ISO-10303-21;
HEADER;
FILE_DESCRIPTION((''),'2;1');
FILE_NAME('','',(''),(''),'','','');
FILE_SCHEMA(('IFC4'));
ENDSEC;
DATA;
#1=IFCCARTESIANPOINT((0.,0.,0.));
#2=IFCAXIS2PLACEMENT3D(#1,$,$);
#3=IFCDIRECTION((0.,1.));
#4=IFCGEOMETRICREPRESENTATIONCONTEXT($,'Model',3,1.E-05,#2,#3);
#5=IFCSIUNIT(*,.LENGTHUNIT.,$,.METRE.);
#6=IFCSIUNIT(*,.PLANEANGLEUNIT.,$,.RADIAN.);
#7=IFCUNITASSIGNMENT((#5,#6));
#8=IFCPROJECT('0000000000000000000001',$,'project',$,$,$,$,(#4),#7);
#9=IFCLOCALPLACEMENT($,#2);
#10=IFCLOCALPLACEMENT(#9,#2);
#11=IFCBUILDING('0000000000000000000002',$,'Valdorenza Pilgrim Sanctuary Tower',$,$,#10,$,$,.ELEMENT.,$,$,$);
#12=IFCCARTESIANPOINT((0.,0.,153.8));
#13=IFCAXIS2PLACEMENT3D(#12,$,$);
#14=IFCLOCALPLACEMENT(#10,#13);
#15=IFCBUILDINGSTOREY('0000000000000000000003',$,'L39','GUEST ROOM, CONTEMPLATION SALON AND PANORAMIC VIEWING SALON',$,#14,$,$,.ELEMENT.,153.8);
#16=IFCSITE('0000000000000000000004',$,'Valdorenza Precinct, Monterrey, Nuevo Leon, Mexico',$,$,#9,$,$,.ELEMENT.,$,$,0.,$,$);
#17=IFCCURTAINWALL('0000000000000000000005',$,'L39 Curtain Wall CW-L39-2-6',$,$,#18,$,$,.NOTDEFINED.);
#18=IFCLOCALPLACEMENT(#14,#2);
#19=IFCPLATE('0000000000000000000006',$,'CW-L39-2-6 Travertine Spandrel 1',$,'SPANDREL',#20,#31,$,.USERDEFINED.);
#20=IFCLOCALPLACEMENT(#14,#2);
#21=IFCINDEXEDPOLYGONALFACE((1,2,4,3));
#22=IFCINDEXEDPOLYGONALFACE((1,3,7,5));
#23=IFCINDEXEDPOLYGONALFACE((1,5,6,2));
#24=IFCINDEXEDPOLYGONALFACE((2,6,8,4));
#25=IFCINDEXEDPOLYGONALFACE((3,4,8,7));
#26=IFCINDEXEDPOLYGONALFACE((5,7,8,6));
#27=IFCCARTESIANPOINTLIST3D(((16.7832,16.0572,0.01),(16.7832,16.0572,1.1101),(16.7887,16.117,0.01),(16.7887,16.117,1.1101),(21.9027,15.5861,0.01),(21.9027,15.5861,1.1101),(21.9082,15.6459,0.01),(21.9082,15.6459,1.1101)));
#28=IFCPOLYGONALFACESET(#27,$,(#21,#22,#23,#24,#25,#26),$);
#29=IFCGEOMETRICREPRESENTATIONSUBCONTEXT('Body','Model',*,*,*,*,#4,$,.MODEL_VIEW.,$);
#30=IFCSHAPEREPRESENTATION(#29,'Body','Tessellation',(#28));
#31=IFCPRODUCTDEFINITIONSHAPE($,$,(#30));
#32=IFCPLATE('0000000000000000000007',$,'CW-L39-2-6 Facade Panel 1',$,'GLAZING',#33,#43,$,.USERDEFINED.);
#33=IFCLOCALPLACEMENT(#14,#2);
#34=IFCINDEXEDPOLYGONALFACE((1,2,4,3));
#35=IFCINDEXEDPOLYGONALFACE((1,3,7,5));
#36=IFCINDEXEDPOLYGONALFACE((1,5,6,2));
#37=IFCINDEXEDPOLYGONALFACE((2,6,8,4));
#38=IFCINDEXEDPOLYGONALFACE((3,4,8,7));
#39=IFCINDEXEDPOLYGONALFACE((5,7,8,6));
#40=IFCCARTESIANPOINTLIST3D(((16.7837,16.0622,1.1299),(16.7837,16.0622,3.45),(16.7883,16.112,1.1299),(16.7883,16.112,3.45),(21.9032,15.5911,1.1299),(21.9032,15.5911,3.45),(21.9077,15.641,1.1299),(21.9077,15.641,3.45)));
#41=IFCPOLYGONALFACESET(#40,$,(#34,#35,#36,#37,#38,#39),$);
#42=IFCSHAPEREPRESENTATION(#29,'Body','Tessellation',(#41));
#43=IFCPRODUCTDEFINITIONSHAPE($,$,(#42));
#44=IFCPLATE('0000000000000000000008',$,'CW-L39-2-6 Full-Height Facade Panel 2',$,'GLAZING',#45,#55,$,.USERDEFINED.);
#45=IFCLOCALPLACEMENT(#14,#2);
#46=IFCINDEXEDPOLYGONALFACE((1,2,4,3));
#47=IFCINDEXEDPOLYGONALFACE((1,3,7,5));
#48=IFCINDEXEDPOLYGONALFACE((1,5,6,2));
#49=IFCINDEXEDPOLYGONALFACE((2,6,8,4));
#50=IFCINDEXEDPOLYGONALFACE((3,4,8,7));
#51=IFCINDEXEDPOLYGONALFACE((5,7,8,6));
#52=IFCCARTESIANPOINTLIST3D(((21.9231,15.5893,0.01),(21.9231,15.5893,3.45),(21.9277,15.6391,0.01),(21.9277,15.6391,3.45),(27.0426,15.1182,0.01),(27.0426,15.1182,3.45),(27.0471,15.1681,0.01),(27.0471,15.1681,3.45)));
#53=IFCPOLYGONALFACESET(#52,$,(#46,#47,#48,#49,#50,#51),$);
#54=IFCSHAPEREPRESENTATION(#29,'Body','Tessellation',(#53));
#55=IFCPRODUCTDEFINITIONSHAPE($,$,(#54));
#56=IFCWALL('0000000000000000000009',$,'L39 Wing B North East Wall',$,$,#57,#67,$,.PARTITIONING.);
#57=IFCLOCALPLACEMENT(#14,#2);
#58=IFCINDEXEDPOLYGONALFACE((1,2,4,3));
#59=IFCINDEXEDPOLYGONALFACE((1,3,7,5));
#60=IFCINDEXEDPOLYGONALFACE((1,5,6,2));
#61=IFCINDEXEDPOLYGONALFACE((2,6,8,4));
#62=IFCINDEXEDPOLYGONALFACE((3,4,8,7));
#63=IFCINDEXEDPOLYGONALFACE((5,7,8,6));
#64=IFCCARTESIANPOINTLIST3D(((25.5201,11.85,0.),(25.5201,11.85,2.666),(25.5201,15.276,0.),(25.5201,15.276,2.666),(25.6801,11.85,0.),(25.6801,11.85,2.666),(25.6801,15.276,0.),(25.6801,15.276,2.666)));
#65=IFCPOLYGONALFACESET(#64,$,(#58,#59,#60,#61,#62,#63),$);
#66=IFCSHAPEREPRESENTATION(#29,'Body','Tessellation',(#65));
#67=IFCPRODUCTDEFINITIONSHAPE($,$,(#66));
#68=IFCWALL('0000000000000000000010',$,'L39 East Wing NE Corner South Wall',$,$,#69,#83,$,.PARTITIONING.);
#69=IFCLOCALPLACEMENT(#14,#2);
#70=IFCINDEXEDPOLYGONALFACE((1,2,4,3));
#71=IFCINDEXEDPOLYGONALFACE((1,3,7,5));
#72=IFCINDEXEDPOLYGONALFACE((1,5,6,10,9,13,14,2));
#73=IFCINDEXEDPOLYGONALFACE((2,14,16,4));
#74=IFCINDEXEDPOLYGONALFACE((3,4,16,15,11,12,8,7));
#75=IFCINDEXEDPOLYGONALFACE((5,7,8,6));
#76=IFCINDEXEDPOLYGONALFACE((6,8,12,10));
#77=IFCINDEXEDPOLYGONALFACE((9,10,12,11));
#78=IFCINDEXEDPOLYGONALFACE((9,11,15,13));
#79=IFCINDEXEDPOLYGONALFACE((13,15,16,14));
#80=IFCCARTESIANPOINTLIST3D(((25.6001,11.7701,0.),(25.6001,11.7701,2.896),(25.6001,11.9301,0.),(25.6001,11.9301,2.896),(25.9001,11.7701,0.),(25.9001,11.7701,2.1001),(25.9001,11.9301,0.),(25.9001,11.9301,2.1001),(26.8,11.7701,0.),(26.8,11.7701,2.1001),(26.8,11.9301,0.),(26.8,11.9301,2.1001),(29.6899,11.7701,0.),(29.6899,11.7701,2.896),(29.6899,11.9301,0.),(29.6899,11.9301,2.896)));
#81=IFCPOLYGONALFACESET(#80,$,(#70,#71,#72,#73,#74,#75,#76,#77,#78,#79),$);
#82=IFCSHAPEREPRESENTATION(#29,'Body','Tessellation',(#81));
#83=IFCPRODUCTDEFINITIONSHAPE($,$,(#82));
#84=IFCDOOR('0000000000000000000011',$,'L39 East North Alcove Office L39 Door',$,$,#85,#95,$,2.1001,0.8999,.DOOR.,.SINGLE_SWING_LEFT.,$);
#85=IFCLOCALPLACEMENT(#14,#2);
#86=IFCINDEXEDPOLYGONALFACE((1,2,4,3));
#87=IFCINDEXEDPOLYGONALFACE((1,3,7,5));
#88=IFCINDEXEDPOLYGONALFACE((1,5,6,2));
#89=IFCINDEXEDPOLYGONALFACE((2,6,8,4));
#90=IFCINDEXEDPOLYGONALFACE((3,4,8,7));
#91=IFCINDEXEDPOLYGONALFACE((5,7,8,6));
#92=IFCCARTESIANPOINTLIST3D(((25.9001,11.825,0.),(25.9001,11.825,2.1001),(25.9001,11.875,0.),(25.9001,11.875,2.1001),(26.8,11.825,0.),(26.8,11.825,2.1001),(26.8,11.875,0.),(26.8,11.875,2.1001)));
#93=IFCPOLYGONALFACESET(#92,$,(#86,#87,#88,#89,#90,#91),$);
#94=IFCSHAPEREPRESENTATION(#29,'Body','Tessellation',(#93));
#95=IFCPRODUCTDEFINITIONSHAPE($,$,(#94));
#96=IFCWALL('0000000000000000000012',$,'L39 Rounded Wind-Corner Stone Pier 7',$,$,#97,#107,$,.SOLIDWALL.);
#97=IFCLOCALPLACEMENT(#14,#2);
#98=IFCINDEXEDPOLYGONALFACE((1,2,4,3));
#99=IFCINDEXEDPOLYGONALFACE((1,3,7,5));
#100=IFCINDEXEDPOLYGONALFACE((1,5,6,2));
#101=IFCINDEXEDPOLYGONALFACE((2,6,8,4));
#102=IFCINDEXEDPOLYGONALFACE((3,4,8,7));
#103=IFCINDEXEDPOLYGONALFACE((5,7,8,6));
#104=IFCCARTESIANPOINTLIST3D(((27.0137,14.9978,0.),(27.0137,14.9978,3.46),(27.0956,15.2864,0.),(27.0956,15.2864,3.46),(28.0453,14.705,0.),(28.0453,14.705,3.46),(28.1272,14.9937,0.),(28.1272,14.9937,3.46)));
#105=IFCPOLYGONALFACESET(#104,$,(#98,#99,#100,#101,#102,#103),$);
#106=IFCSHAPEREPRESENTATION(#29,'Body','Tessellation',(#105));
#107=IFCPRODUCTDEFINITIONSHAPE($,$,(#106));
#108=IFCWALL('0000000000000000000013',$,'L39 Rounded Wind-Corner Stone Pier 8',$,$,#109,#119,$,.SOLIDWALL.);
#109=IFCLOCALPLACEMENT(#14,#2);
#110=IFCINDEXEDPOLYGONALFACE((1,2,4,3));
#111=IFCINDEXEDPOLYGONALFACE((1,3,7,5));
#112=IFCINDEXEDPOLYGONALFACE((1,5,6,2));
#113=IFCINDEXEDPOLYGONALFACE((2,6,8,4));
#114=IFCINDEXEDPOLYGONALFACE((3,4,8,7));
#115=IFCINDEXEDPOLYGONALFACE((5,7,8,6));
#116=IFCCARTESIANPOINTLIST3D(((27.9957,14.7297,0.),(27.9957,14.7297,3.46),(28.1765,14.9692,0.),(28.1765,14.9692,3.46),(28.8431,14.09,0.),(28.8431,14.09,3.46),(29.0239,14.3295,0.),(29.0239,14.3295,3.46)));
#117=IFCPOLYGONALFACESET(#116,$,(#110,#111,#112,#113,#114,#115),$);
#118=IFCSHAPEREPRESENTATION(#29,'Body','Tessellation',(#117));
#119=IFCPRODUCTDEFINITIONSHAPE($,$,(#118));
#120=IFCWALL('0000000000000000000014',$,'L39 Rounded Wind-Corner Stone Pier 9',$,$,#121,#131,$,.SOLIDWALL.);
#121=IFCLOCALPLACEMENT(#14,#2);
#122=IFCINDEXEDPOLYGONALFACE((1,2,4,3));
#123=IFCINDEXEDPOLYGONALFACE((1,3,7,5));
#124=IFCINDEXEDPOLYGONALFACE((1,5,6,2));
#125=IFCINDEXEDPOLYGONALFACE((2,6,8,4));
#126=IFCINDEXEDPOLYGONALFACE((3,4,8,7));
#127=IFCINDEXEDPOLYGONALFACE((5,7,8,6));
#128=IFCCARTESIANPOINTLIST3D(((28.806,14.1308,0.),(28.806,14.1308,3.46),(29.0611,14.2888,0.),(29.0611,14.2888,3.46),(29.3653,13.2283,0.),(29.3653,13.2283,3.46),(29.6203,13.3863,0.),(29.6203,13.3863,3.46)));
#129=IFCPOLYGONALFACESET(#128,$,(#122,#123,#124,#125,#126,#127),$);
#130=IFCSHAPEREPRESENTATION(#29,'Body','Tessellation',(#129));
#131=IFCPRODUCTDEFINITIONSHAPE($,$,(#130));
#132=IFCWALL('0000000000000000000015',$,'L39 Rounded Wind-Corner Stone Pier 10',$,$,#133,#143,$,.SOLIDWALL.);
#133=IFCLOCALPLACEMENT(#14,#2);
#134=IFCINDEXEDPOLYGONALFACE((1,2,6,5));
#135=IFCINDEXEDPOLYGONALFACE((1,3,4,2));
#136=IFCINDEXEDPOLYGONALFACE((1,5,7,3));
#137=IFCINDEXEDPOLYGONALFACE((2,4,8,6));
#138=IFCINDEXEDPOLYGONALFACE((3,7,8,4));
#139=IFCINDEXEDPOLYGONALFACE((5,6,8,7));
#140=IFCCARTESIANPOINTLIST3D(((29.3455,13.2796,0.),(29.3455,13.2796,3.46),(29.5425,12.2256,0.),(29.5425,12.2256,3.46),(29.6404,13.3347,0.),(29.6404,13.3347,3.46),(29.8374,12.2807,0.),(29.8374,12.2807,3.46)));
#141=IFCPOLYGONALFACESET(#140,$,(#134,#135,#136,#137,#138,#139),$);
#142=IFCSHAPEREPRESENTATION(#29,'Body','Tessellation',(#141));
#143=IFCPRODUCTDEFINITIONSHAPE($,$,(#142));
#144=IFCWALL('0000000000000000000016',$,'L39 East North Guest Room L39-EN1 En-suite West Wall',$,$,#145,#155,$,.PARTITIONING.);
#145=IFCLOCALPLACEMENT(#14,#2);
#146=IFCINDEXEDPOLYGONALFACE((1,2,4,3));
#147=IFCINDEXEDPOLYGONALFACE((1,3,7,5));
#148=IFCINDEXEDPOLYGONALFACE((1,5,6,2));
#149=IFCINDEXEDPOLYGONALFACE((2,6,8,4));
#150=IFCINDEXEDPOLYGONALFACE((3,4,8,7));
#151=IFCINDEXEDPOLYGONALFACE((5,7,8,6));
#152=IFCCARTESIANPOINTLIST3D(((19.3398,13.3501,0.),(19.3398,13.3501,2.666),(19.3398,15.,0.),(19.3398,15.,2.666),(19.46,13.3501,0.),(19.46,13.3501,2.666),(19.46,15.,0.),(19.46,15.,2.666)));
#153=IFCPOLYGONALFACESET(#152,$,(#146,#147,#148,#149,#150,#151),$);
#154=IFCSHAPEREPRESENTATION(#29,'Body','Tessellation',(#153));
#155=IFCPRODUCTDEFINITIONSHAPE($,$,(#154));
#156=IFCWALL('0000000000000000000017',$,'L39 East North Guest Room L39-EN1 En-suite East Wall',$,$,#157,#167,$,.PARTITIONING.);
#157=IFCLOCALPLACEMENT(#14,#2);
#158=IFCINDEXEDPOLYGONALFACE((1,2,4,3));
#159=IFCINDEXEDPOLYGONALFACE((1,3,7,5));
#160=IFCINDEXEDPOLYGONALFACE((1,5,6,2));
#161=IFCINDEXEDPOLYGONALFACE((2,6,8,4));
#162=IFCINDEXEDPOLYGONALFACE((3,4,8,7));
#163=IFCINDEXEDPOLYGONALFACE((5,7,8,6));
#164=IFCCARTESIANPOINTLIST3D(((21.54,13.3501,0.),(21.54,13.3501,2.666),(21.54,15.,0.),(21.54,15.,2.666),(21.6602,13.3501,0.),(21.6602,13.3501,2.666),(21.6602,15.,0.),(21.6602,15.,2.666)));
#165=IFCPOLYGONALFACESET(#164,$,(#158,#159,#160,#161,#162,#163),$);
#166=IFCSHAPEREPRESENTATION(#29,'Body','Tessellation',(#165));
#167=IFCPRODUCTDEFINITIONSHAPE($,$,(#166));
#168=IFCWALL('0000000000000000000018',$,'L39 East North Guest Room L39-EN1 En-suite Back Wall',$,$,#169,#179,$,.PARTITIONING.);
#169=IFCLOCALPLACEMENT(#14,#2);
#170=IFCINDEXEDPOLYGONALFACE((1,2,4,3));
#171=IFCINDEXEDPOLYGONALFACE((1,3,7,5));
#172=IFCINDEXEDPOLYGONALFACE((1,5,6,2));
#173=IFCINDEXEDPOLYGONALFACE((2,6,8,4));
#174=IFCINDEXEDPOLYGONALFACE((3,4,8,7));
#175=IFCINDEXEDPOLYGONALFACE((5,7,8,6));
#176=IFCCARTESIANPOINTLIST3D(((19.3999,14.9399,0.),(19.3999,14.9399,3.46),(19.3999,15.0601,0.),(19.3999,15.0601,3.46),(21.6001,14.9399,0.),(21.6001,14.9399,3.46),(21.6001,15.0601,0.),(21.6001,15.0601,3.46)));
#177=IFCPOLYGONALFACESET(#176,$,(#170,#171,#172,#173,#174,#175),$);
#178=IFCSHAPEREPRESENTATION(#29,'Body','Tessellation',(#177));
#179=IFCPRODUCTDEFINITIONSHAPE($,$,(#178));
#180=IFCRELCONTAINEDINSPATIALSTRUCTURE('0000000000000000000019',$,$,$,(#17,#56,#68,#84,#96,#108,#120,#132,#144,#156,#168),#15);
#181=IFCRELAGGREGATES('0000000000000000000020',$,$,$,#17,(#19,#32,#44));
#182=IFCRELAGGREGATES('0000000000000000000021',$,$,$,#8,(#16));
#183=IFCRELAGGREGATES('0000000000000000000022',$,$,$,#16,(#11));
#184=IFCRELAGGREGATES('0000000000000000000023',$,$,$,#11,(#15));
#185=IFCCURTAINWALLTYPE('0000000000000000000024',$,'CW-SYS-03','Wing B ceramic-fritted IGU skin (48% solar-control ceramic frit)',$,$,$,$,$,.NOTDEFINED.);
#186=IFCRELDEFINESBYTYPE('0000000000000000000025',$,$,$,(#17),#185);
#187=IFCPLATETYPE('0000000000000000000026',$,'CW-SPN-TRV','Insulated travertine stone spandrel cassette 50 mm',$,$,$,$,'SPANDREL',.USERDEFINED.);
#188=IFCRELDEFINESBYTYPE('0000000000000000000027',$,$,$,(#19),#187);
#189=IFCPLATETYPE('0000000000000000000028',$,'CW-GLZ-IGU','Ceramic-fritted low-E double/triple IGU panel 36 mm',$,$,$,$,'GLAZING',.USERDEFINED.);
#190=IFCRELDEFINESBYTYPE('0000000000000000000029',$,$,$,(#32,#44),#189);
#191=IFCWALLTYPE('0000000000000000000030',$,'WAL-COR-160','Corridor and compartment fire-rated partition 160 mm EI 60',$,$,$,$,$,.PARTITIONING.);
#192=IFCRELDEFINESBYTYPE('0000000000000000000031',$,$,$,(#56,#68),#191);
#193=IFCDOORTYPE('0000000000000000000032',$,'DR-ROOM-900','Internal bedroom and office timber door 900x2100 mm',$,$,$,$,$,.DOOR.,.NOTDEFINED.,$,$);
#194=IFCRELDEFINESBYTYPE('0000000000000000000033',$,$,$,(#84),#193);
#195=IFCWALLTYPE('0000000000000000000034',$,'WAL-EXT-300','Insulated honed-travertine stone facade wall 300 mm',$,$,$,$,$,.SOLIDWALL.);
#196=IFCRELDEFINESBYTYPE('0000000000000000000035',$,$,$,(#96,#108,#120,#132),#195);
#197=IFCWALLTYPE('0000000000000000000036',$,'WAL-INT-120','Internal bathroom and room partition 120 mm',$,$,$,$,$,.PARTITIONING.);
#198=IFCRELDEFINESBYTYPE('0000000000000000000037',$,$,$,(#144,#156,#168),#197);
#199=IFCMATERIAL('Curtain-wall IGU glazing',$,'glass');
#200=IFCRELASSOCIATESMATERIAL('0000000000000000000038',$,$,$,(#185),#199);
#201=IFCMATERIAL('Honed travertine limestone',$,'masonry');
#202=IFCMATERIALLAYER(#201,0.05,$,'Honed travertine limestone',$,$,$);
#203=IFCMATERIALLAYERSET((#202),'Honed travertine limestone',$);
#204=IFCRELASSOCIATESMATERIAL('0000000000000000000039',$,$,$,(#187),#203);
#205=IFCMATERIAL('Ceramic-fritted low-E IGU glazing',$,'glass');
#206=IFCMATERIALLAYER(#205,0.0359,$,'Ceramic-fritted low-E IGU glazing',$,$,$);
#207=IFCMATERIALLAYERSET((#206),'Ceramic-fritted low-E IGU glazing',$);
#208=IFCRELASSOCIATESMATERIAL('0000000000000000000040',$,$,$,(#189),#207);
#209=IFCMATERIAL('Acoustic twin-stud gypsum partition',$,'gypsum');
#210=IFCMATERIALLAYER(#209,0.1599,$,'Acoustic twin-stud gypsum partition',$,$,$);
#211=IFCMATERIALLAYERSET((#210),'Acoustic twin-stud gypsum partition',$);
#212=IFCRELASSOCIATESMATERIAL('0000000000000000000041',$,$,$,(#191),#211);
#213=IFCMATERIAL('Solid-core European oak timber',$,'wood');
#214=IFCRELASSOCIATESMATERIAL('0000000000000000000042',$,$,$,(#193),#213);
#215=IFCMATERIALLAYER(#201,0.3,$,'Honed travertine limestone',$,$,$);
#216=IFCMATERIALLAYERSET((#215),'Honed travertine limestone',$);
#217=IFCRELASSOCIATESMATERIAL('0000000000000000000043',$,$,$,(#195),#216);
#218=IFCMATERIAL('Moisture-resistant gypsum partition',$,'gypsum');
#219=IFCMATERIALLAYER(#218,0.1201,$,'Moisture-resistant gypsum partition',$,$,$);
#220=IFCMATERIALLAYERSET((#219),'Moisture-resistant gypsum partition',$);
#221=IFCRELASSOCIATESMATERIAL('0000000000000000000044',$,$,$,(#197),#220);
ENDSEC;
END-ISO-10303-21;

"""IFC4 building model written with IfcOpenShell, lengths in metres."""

from ifc_helpers import new_model, si_unit, direction, frame, frame_2d, origin, origin_2d, place, context, subcontext, project, spatial, rectangle, extrude, source, transform, mapped, material, layer, layer_set, type_object, element, fill, aggregate, save


model = new_model("IFC4")

# Units and contexts
model_context = context("Model", 3, precision=1e-05, world=origin(), true_north=direction((0.0, 1.0)))
body_context = subcontext(model_context, "Body", "Model", "MODEL_VIEW")
ifc_project = project(units=[si_unit("LENGTHUNIT", "METRE"), si_unit("PLANEANGLEUNIT", "RADIAN")], contexts=[model_context])

# Site, building, storey
site_placement = place(None, origin())
site = spatial("IfcSite", under=ifc_project, at=site_placement, Name="Valdorenza Precinct, Monterrey, Nuevo Leon, Mexico", CompositionType="ELEMENT", RefElevation=0.0)
building_placement = place(site_placement, origin())
building = spatial("IfcBuilding", under=site, at=building_placement, Name="Valdorenza Pilgrim Sanctuary Tower", CompositionType="ELEMENT")
storey_placement = place(building_placement, frame((0.0, 0.0, 153.8)))
storey = spatial("IfcBuildingStorey", under=building, at=storey_placement, Name="L39", Description="GUEST ROOM, CONTEMPLATION SALON AND PANORAMIC VIEWING SALON", CompositionType="ELEMENT", Elevation=153.8)

# Curtain wall
ifc_material_1 = material(Name="Curtain-wall IGU glazing", Category="glass")
curtain_wall_type = type_object("IfcCurtainWallType", Name="CW-SYS-03", Description="Wing B ceramic-fritted IGU skin (48% solar-control ceramic frit)", PredefinedType="NOTDEFINED", material=ifc_material_1)
curtain_wall_1_placement = place(storey_placement, origin())
curtain_wall_1 = element("IfcCurtainWall", 1, at=curtain_wall_1_placement, inside=storey, type_object=curtain_wall_type, Name="L39 Curtain Wall CW-L39-2-6", PredefinedType="NOTDEFINED")

# Plates
ifc_material_2 = material(Name="Honed travertine limestone", Category="masonry")
ifc_layer_1 = layer(ifc_material_2, 0.05, Name="Honed travertine limestone")
ifc_layer_set_1 = layer_set([ifc_layer_1], Name="Honed travertine limestone")
plate_type_1 = type_object("IfcPlateType", Name="CW-SPN-TRV", Description="Insulated travertine stone spandrel cassette 50 mm", ElementType="SPANDREL", PredefinedType="USERDEFINED", material=ifc_layer_set_1)
shared_shape_1 = source(origin(), body_context, "Body", "SweptSolid", [
    extrude(rectangle(XDim=5.1411, YDim=0.0601, at=origin_2d()), origin(), (0.0, 0.0, 1.0), 1.1001),
])
plate_1_placement = place(storey_placement, frame((19.3457, 15.8516, 0.01), z_axis=(0.0, 0.0, 1.0), x_axis=(0.995794, -0.091623, 0.0)))
plate_1 = element("IfcPlate", 2, at=plate_1_placement, type_object=plate_type_1, Name="CW-L39-2-6 Travertine Spandrel 1", ObjectType="SPANDREL", PredefinedType="USERDEFINED", context=body_context, shape_type="MappedRepresentation", body=[
    mapped(shared_shape_1, transform((0.0, 0.0, 0.0), x_axis=(1.0, 0.0, 0.0), y_axis=(0.0, 1.0, 0.0), z_axis=(0.0, 0.0, 1.0), scale=1.0)),
])
ifc_material_3 = material(Name="Ceramic-fritted low-E IGU glazing", Category="glass")
ifc_layer_2 = layer(ifc_material_3, 0.0359, Name="Ceramic-fritted low-E IGU glazing")
ifc_layer_set_2 = layer_set([ifc_layer_2], Name="Ceramic-fritted low-E IGU glazing")
plate_type_2 = type_object("IfcPlateType", Name="CW-GLZ-IGU", Description="Ceramic-fritted low-E double/triple IGU panel 36 mm", ElementType="GLAZING", PredefinedType="USERDEFINED", material=ifc_layer_set_2)
shared_shape_2 = source(origin(), body_context, "Body", "SweptSolid", [
    extrude(rectangle(XDim=5.1411, YDim=0.05, at=origin_2d()), origin(), (0.0, 0.0, 1.0), 2.3201),
])
plate_2_placement = place(storey_placement, frame((19.3457, 15.8516, 1.1299), z_axis=(0.0, 0.0, 1.0), x_axis=(0.995794, -0.091623, 0.0)))
plate_2 = element("IfcPlate", 3, at=plate_2_placement, type_object=plate_type_2, Name="CW-L39-2-6 Facade Panel 1", ObjectType="GLAZING", PredefinedType="USERDEFINED", context=body_context, shape_type="MappedRepresentation", body=[
    mapped(shared_shape_2, transform((0.0, 0.0, 0.0), x_axis=(1.0, 0.0, 0.0), y_axis=(0.0, 1.0, 0.0), z_axis=(0.0, 0.0, 1.0), scale=1.0)),
])
shared_shape_3 = source(origin(), body_context, "Body", "SweptSolid", [
    extrude(rectangle(XDim=5.1411, YDim=0.05, at=origin_2d()), origin(), (0.0, 0.0, 1.0), 3.4399),
])
plate_3_placement = place(storey_placement, frame((24.4851, 15.3787, 0.01), z_axis=(0.0, 0.0, 1.0), x_axis=(0.995794, -0.091623, 0.0)))
plate_3 = element("IfcPlate", 4, at=plate_3_placement, type_object=plate_type_2, Name="CW-L39-2-6 Full-Height Facade Panel 2", ObjectType="GLAZING", PredefinedType="USERDEFINED", context=body_context, shape_type="MappedRepresentation", body=[
    mapped(shared_shape_3, transform((0.0, 0.0, 0.0), x_axis=(1.0, 0.0, 0.0), y_axis=(0.0, 1.0, 0.0), z_axis=(0.0, 0.0, 1.0), scale=1.0)),
])
aggregate(curtain_wall_1, [plate_1, plate_2, plate_3])

# Wall
ifc_material_4 = material(Name="Acoustic twin-stud gypsum partition", Category="gypsum")
ifc_layer_3 = layer(ifc_material_4, 0.1599, Name="Acoustic twin-stud gypsum partition")
ifc_layer_set_3 = layer_set([ifc_layer_3], Name="Acoustic twin-stud gypsum partition")
wall_type_1 = type_object("IfcWallType", Name="WAL-COR-160", Description="Corridor and compartment fire-rated partition 160 mm EI 60", PredefinedType="PARTITIONING", material=ifc_layer_set_3)
wall_1_placement = place(storey_placement, frame((25.6001, 11.8501, 0.0), z_axis=(0.0, 0.0, 1.0), x_axis=(0.0, 1.0, 0.0)))
element("IfcWall", 5, at=wall_1_placement, inside=storey, type_object=wall_type_1, Name="L39 Wing B North East Wall", PredefinedType="PARTITIONING", context=body_context, shape_type="SweptSolid", body=[
    extrude(rectangle(XDim=3.426, YDim=0.1599, at=frame_2d((1.7129, 0.0))), origin(), (0.0, 0.0, 1.0), 2.666),
])

# Wall, opening, door
wall_2_placement = place(storey_placement, frame((25.6001, 11.8501, 0.0), z_axis=(0.0, 0.0, 1.0), x_axis=(1.0, 0.0, 0.0)))
wall_2 = element("IfcWall", 6, at=wall_2_placement, inside=storey, type_object=wall_type_1, Name="L39 East Wing NE Corner South Wall", PredefinedType="PARTITIONING", context=body_context, shape_type="SweptSolid", body=[
    extrude(rectangle(XDim=4.0898, YDim=0.1599, at=frame_2d((2.0449, 0.0))), origin(), (0.0, 0.0, 1.0), 2.896),
])
opening_1_placement = place(wall_2_placement, frame((0.3, 0.0, 0.0)))
opening_1 = element("IfcOpeningElement", 7, at=opening_1_placement, cuts=wall_2, PredefinedType="OPENING", context=body_context, shape_type="SweptSolid", body=[
    extrude(rectangle(XDim=0.8999, YDim=2.1001, at=frame_2d((0.45, 1.05))), frame((0.0, 0.0947, 0.0), z_axis=(0.0, -1.0, 0.0), x_axis=(1.0, 0.0, 0.0)), (0.0, 0.0, 1.0), 0.1897),
])
ifc_material_5 = material(Name="Solid-core European oak timber", Category="wood")
door_type_1 = type_object("IfcDoorType", Name="DR-ROOM-900", Description="Internal bedroom and office timber door 900x2100 mm", OperationType="NOTDEFINED", PredefinedType="DOOR", material=ifc_material_5)
door_1_placement = place(opening_1_placement, origin())
door_1 = element("IfcDoor", 8, at=door_1_placement, inside=storey, type_object=door_type_1, Name="L39 East North Alcove Office L39 Door", OperationType="SINGLE_SWING_LEFT", OverallHeight=2.1001, OverallWidth=0.8999, PredefinedType="DOOR", context=body_context, shape_type="SweptSolid", body=[
    extrude(rectangle(XDim=0.8999, YDim=2.1001, at=frame_2d((0.45, 1.05))), frame((0.0, 0.0249, 0.0), z_axis=(0.0, -1.0, 0.0), x_axis=(1.0, 0.0, 0.0)), (0.0, 0.0, 1.0), 0.05),
])
fill(opening_1, door_1)

# Walls
ifc_layer_4 = layer(ifc_material_2, 0.3, Name="Honed travertine limestone")
ifc_layer_set_4 = layer_set([ifc_layer_4], Name="Honed travertine limestone")
wall_type_2 = type_object("IfcWallType", Name="WAL-EXT-300", Description="Insulated honed-travertine stone facade wall 300 mm", PredefinedType="SOLIDWALL", material=ifc_layer_set_4)
wall_3_placement = place(storey_placement, frame((27.0547, 15.1421, 0.0), z_axis=(0.0, 0.0, 1.0), x_axis=(0.962012, -0.273007, 0.0)))
element("IfcWall", 9, at=wall_3_placement, inside=storey, type_object=wall_type_2, Name="L39 Rounded Wind-Corner Stone Pier 7", PredefinedType="SOLIDWALL", context=body_context, shape_type="SweptSolid", body=[
    extrude(rectangle(XDim=1.0723, YDim=0.3, at=frame_2d((0.5361, 0.0))), origin(), (0.0, 0.0, 1.0), 3.46),
])
for number, where, z_axis, x_axis, name in (
    (10, (28.0862, 14.8494, 0.0), (0.0, 0.0, 1.0), (0.798147, -0.602462, 0.0), "L39 Rounded Wind-Corner Stone Pier 8"),
    (11, (28.9336, 14.2097, 0.0), (0.0, 0.0, 1.0), (0.52675, -0.85002, 0.0), "L39 Rounded Wind-Corner Stone Pier 9"),
):
    element("IfcWall", number, at=place(storey_placement, frame(where, z_axis=z_axis, x_axis=x_axis)), inside=storey, type_object=wall_type_2, Name=name, PredefinedType="SOLIDWALL", context=body_context, shape_type="SweptSolid", body=[
        extrude(rectangle(XDim=1.0618, YDim=0.3, at=frame_2d((0.5308, 0.0))), origin(), (0.0, 0.0, 1.0), 3.46),
    ])
wall_4_placement = place(storey_placement, frame((29.4929, 13.3071, 0.0), z_axis=(0.0, 0.0, 1.0), x_axis=(0.183752, -0.982973, 0.0)))
element("IfcWall", 12, at=wall_4_placement, inside=storey, type_object=wall_type_2, Name="L39 Rounded Wind-Corner Stone Pier 10", PredefinedType="SOLIDWALL", context=body_context, shape_type="SweptSolid", body=[
    extrude(rectangle(XDim=1.0723, YDim=0.3, at=frame_2d((0.5361, 0.0))), origin(), (0.0, 0.0, 1.0), 3.46),
])
ifc_material_6 = material(Name="Moisture-resistant gypsum partition", Category="gypsum")
ifc_layer_5 = layer(ifc_material_6, 0.1201, Name="Moisture-resistant gypsum partition")
ifc_layer_set_5 = layer_set([ifc_layer_5], Name="Moisture-resistant gypsum partition")
wall_type_3 = type_object("IfcWallType", Name="WAL-INT-120", Description="Internal bathroom and room partition 120 mm", PredefinedType="PARTITIONING", material=ifc_layer_set_5)
for number, where, z_axis, x_axis, name in (
    (13, (19.3999, 13.3501, 0.0), (0.0, 0.0, 1.0), (0.0, 1.0, 0.0), "L39 East North Guest Room L39-EN1 En-suite West Wall"),
    (14, (21.6001, 13.3501, 0.0), (0.0, 0.0, 1.0), (0.0, 1.0, 0.0), "L39 East North Guest Room L39-EN1 En-suite East Wall"),
):
    element("IfcWall", number, at=place(storey_placement, frame(where, z_axis=z_axis, x_axis=x_axis)), inside=storey, type_object=wall_type_3, Name=name, PredefinedType="PARTITIONING", context=body_context, shape_type="SweptSolid", body=[
        extrude(rectangle(XDim=1.6499, YDim=0.1201, at=frame_2d((0.825, 0.0))), origin(), (0.0, 0.0, 1.0), 2.666),
    ])
wall_5_placement = place(storey_placement, frame((19.3999, 15.0, 0.0), z_axis=(0.0, 0.0, 1.0), x_axis=(1.0, 0.0, 0.0)))
element("IfcWall", 15, at=wall_5_placement, inside=storey, type_object=wall_type_3, Name="L39 East North Guest Room L39-EN1 En-suite Back Wall", PredefinedType="PARTITIONING", context=body_context, shape_type="SweptSolid", body=[
    extrude(rectangle(XDim=2.2002, YDim=0.1201, at=frame_2d((1.1001, 0.0))), origin(), (0.0, 0.0, 1.0), 3.46),
])

save(model, "model.ifc")
